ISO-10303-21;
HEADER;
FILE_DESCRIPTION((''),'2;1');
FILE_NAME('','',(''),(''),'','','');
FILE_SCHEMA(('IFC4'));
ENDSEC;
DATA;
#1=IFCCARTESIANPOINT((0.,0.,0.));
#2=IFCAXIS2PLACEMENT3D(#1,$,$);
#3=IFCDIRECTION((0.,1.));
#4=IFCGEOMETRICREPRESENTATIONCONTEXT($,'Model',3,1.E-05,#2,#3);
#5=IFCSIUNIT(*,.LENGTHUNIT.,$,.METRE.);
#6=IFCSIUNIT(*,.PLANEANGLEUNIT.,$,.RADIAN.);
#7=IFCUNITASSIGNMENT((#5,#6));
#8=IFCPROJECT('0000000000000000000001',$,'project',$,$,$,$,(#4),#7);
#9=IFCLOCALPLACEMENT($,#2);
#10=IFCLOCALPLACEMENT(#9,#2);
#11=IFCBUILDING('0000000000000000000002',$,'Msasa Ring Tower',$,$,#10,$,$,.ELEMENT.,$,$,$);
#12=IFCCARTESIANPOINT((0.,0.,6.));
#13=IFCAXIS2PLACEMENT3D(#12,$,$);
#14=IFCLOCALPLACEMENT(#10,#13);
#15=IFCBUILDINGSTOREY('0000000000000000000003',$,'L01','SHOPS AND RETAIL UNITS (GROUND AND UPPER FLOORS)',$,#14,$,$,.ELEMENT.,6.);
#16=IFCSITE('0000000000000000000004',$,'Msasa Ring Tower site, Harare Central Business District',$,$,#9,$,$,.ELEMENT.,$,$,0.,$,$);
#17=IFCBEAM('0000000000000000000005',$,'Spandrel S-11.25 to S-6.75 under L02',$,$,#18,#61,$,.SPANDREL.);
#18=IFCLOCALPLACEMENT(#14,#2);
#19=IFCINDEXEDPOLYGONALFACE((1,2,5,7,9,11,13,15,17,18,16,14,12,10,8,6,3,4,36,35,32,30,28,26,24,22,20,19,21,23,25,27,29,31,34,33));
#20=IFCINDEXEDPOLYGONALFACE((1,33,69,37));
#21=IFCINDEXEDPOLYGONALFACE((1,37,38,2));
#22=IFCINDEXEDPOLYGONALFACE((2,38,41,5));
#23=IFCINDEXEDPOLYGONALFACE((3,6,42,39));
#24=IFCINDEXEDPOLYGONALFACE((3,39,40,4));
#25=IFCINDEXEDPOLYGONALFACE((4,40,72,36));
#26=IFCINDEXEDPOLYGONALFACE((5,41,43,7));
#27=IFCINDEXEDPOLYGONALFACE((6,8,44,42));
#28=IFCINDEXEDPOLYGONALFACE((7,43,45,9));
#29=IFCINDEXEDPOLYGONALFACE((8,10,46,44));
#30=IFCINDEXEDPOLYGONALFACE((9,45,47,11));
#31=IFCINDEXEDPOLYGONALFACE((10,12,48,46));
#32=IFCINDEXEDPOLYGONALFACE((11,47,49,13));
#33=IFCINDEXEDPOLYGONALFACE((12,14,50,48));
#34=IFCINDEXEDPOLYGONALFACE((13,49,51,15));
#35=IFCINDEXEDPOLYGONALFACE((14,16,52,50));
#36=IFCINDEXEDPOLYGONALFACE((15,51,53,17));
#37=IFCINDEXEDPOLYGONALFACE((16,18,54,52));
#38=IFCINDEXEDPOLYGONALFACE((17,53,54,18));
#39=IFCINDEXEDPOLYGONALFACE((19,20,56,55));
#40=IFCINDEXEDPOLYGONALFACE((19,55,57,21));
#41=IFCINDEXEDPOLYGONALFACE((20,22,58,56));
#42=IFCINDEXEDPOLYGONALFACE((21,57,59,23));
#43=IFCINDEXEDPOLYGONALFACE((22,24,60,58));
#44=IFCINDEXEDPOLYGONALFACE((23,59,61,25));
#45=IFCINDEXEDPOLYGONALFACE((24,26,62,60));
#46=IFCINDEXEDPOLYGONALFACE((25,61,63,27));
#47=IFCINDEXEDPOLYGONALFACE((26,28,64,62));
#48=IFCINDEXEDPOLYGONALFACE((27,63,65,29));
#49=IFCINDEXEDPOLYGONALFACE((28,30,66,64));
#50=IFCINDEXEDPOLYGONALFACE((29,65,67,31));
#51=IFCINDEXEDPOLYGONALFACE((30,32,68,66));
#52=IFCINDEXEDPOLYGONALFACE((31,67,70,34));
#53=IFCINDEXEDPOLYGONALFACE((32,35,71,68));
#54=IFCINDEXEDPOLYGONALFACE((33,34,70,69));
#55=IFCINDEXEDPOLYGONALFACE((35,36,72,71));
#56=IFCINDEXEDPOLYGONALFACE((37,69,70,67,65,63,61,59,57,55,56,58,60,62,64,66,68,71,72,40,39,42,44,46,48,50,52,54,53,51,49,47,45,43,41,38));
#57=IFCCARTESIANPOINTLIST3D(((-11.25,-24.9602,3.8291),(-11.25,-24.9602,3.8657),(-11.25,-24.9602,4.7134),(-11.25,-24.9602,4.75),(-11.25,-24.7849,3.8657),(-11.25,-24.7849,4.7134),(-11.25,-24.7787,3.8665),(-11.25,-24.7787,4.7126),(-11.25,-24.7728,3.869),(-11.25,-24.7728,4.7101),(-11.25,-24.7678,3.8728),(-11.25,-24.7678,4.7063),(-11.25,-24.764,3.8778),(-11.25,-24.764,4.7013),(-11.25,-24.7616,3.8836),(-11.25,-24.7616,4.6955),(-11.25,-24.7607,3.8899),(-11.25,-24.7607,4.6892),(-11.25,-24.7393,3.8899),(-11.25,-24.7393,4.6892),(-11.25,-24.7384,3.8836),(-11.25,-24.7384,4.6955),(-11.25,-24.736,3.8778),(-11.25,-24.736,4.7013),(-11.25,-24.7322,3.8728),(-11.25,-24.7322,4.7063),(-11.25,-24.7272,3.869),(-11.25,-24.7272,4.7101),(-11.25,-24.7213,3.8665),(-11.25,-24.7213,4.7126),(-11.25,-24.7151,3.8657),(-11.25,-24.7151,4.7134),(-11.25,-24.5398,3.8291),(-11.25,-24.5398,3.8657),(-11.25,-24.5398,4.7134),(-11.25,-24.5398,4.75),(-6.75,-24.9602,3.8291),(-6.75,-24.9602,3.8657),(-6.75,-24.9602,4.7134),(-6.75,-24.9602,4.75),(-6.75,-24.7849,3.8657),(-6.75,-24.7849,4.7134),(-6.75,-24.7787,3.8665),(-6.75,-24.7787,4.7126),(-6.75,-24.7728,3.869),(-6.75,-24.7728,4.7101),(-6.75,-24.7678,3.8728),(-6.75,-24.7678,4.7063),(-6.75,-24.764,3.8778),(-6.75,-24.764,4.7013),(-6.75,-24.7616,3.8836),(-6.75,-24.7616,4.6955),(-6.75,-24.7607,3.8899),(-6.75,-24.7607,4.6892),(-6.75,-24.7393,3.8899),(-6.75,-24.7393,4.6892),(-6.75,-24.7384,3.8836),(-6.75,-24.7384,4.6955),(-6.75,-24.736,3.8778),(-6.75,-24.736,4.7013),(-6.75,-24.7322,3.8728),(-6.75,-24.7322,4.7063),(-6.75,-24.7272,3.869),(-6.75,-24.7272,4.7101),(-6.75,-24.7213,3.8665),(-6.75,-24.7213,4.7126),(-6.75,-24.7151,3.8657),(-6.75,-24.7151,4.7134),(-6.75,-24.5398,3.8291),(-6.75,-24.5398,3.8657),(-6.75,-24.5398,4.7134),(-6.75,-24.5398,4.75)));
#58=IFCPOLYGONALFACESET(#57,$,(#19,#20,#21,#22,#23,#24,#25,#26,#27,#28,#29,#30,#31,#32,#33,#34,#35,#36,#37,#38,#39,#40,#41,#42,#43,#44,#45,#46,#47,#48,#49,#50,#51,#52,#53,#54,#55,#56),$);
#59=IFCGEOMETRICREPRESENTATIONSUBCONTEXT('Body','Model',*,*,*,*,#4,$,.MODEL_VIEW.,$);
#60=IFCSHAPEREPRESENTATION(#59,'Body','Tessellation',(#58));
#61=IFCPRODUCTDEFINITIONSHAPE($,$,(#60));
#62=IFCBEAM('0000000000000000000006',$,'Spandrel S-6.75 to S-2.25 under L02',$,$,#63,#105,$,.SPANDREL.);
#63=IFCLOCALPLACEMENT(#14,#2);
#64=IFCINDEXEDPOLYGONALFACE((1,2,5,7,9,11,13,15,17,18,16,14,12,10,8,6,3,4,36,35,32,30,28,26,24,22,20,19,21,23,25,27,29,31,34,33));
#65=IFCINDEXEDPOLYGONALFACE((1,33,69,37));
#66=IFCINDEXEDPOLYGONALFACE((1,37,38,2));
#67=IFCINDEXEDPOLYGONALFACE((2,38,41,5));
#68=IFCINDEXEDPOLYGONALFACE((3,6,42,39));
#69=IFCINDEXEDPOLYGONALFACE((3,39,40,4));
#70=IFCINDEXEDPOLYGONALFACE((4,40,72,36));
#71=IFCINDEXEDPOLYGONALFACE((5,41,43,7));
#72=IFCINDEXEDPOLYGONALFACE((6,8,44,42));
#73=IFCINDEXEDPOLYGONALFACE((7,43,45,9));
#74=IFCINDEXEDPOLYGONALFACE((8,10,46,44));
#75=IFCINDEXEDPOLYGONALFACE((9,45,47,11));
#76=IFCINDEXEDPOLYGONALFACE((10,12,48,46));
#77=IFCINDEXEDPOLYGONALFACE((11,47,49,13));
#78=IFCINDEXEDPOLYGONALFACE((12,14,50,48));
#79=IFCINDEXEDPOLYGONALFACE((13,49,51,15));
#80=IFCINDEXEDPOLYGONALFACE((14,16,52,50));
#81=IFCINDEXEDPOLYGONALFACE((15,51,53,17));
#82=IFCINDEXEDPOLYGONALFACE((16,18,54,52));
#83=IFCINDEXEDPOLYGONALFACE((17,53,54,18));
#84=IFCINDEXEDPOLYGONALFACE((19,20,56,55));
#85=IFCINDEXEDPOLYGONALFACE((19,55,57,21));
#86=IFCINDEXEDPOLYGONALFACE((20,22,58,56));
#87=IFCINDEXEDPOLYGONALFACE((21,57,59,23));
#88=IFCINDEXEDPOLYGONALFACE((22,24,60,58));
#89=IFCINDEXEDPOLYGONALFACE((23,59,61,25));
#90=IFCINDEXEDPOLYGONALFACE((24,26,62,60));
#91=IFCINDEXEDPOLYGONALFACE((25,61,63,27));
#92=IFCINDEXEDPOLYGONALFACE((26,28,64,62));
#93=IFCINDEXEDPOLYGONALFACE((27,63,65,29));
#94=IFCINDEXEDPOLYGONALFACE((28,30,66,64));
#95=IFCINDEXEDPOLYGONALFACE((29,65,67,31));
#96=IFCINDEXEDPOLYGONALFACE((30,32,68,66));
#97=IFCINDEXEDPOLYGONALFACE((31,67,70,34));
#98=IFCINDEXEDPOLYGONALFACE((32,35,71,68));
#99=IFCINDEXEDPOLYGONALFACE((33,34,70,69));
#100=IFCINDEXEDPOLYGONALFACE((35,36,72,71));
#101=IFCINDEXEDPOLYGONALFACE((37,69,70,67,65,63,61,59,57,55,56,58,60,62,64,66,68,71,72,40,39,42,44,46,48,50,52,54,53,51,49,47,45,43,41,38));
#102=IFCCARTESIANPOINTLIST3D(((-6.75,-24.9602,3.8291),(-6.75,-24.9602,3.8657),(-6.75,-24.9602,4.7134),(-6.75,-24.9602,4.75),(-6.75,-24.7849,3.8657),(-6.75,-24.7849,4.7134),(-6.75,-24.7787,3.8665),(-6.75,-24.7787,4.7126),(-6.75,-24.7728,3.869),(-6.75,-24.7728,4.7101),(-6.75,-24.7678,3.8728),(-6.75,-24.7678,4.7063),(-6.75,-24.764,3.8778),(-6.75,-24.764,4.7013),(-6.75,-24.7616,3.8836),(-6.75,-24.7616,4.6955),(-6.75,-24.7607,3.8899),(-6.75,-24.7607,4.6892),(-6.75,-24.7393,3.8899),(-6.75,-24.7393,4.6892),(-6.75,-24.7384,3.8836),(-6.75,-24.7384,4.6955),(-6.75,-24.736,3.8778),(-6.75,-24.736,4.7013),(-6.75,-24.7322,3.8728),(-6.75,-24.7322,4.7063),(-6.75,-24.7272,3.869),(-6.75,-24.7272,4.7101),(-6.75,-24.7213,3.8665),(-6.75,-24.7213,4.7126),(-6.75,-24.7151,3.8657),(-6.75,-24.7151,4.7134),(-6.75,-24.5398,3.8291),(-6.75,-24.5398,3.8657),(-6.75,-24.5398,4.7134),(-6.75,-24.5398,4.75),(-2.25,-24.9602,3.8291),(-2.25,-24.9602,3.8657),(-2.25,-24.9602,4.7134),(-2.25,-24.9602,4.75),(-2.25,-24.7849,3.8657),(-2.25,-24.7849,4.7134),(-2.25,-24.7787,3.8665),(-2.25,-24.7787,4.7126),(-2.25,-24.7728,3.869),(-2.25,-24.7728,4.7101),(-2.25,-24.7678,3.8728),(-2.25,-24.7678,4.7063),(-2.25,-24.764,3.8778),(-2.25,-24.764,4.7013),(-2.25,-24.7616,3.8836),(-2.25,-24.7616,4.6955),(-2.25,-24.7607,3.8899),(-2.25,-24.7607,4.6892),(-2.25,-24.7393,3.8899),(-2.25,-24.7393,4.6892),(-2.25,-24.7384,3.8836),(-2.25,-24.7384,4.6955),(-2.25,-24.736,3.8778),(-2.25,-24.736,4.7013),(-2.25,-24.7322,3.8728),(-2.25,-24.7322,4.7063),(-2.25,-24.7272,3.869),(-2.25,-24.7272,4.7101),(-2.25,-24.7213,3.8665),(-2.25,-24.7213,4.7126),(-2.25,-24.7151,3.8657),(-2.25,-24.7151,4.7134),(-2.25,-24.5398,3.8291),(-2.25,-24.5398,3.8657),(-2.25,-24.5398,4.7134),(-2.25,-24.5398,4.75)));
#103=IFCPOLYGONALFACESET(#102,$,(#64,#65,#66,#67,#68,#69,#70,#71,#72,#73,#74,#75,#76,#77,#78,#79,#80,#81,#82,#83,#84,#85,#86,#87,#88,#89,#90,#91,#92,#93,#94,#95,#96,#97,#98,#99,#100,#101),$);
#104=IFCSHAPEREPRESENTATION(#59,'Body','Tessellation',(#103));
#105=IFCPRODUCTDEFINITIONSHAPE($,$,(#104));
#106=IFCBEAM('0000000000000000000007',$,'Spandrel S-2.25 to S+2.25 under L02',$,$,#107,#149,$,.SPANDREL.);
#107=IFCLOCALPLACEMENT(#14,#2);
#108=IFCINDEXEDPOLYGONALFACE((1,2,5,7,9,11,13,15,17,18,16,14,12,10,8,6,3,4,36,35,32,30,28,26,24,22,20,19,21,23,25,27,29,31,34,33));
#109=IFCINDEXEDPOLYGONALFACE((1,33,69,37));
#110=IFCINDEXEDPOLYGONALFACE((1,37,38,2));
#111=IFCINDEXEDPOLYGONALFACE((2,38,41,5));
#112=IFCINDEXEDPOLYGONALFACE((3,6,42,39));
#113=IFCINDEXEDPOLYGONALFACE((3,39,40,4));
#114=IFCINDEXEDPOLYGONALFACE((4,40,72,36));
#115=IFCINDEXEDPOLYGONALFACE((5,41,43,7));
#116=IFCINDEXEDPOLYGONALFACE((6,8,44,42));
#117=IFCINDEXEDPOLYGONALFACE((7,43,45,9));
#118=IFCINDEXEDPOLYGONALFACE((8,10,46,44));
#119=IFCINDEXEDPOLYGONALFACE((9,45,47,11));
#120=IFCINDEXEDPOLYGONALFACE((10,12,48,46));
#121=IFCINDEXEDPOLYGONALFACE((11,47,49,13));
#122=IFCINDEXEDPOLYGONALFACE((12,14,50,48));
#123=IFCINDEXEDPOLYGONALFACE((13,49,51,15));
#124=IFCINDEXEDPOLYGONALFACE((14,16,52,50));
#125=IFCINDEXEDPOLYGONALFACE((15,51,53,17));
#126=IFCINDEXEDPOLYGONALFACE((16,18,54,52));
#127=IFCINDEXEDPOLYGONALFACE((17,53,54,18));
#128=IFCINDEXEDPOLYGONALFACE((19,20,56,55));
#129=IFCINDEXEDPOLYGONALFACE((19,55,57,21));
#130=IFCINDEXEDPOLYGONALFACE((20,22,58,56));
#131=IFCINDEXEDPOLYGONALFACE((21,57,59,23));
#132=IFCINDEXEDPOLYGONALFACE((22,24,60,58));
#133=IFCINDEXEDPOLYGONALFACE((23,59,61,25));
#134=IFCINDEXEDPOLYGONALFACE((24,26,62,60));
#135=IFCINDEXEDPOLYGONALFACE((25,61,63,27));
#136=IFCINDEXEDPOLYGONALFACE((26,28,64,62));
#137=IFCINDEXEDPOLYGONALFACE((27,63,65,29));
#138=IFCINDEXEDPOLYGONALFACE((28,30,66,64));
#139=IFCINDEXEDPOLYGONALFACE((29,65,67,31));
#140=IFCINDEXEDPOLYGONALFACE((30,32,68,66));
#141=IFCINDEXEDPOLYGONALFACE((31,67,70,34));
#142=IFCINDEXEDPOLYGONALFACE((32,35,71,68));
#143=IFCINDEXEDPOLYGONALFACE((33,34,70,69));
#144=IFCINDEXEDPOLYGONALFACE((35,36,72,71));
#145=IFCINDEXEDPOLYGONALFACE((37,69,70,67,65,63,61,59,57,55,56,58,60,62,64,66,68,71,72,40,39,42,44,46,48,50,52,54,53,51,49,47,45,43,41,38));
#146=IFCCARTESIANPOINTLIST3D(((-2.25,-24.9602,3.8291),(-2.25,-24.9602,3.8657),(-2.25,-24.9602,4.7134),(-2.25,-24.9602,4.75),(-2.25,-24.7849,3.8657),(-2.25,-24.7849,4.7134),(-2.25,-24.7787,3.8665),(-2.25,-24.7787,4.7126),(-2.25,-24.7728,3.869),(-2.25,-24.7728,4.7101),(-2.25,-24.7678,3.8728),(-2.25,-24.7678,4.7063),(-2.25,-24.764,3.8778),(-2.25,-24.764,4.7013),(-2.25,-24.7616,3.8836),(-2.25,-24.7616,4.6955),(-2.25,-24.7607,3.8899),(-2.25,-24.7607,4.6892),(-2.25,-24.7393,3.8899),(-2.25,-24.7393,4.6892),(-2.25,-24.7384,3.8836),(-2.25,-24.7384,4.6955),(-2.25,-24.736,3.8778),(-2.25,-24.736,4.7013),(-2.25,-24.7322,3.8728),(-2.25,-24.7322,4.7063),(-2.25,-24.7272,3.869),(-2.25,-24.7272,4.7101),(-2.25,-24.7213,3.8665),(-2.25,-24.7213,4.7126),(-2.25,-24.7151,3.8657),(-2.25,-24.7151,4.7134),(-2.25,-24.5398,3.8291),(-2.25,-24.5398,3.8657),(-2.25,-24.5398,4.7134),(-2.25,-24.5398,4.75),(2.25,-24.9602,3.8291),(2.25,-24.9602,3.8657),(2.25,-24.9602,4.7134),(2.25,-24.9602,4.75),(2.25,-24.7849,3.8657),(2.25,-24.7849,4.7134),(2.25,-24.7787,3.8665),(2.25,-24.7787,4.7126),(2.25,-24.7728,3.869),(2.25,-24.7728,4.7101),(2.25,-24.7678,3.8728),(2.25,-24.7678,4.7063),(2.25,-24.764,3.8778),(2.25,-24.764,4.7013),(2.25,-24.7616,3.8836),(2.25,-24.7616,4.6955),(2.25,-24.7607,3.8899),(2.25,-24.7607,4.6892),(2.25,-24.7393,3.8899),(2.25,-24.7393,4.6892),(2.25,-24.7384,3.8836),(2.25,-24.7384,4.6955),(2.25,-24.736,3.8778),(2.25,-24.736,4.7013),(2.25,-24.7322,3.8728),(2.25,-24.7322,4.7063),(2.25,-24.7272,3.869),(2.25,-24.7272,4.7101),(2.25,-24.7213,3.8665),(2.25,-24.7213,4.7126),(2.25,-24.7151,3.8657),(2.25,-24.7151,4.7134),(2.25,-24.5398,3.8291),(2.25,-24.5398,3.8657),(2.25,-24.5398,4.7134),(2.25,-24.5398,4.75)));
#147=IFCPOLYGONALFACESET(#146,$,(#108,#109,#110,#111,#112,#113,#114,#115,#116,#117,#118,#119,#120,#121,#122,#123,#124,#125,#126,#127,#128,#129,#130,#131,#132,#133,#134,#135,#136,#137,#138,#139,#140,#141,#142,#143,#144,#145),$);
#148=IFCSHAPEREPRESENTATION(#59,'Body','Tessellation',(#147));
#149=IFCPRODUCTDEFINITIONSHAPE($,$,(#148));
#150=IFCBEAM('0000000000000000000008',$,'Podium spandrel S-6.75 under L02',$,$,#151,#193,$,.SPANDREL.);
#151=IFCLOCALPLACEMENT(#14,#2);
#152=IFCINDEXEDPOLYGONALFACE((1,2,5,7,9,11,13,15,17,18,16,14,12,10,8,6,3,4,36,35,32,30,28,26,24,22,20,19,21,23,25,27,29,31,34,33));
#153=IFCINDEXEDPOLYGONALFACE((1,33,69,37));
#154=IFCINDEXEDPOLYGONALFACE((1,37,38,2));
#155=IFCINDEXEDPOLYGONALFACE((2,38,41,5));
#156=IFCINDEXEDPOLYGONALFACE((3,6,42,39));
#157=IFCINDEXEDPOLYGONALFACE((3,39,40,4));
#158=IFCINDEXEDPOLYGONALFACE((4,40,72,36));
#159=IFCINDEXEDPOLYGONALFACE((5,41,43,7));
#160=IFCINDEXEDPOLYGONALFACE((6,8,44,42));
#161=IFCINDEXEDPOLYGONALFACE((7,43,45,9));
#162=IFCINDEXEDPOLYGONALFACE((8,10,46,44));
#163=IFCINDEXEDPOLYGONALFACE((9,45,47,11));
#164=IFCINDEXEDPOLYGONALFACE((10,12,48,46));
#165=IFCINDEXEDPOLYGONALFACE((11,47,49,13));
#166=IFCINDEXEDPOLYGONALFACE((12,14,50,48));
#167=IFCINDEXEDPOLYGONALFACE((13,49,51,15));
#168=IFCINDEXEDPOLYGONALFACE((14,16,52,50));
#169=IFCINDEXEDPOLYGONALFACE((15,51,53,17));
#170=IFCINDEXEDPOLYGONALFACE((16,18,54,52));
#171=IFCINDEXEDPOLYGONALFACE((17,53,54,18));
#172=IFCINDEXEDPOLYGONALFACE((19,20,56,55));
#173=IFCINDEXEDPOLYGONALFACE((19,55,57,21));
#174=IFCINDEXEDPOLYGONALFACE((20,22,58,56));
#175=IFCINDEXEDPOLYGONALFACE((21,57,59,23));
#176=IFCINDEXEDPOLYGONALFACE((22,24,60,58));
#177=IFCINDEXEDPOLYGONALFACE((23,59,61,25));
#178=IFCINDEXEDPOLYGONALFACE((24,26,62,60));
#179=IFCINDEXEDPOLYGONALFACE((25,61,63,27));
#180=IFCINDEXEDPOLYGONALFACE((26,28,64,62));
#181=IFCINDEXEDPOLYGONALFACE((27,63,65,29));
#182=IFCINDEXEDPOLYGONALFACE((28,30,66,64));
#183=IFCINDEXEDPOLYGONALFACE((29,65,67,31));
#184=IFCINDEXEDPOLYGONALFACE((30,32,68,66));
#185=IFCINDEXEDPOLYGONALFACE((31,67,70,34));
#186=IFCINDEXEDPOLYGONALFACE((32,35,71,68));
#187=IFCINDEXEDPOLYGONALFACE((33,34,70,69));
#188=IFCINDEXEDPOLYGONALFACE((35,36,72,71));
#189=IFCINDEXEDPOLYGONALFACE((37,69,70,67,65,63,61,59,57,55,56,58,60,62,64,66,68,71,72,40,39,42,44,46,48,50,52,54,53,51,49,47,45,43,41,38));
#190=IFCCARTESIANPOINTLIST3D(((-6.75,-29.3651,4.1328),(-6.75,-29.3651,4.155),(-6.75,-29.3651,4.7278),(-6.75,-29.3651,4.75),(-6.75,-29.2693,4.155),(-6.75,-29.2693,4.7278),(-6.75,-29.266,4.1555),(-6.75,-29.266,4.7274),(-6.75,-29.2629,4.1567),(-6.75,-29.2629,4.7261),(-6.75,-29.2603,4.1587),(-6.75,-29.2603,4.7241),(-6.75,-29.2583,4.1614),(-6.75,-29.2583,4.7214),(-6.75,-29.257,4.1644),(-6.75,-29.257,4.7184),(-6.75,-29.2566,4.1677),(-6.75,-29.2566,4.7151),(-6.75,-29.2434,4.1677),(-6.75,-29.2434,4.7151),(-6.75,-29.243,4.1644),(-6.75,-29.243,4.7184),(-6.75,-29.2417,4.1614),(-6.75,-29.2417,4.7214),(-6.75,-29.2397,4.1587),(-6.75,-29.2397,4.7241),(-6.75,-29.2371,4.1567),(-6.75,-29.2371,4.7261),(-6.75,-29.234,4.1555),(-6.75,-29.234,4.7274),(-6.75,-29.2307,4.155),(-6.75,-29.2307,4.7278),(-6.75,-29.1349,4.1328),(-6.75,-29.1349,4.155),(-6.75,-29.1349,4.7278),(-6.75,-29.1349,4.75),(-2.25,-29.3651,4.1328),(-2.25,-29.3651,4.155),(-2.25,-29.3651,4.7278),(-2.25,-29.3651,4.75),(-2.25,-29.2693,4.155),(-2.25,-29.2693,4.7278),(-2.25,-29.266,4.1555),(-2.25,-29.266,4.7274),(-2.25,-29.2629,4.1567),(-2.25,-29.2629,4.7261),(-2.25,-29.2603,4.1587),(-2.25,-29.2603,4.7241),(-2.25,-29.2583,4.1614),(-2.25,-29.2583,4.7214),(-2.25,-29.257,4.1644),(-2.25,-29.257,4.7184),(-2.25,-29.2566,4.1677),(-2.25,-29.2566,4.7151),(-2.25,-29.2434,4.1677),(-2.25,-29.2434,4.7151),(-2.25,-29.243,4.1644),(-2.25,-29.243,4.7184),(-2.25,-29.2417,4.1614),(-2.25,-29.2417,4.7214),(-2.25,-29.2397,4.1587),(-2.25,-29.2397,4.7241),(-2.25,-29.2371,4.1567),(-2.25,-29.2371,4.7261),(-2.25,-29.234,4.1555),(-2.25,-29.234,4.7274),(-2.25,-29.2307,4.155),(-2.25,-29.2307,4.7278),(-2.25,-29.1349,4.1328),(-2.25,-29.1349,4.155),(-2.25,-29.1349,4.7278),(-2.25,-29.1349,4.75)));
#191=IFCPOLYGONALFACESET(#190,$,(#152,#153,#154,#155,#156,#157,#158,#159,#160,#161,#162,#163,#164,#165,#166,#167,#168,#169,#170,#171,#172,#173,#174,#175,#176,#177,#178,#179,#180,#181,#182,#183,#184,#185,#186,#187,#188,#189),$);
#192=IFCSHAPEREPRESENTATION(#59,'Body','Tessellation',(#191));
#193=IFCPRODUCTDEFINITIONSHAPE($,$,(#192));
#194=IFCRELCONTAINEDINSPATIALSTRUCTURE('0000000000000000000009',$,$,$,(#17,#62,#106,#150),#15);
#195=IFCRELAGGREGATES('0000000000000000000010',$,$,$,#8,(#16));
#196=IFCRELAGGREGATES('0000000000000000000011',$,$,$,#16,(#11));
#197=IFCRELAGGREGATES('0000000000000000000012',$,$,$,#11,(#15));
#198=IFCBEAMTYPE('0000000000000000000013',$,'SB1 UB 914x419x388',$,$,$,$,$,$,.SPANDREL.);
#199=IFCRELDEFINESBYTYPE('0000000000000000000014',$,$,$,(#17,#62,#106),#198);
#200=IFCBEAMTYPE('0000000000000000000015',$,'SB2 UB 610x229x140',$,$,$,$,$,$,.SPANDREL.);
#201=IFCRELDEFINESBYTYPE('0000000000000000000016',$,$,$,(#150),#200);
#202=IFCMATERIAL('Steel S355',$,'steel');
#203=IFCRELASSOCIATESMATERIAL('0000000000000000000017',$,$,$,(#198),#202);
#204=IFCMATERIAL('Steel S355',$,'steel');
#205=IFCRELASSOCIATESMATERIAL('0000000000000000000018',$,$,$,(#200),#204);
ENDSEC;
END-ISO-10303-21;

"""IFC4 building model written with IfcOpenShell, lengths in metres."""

from ifc_helpers import new_model, si_unit, direction, frame, origin, origin_2d, place, context, subcontext, project, spatial, i_section, extrude, material, material_profile, profile_set, type_object, element, save


model = new_model("IFC4")

# Units and contexts
model_context = context("Model", 3, precision=1e-05, world=origin(), true_north=direction((0.0, 1.0)))
body_context = subcontext(model_context, "Body", "Model", "MODEL_VIEW")
ifc_project = project(units=[si_unit("LENGTHUNIT", "METRE"), si_unit("PLANEANGLEUNIT", "RADIAN")], contexts=[model_context])

# Site, building, storey
site_placement = place(None, origin())
site = spatial("IfcSite", under=ifc_project, at=site_placement, Name="Msasa Ring Tower site, Harare Central Business District", CompositionType="ELEMENT", RefElevation=0.0)
building_placement = place(site_placement, origin())
building = spatial("IfcBuilding", under=site, at=building_placement, Name="Msasa Ring Tower", CompositionType="ELEMENT")
storey_placement = place(building_placement, frame((0.0, 0.0, 6.0)))
storey = spatial("IfcBuildingStorey", under=building, at=storey_placement, Name="L01", Description="SHOPS AND RETAIL UNITS (GROUND AND UPPER FLOORS)", CompositionType="ELEMENT", Elevation=6.0)

# Beams
ifc_material_1 = material(Name="Steel S355", Category="steel")
ifc_material_profile_1 = material_profile(ifc_material_1, i_section(OverallWidth=0.4204, OverallDepth=0.9209, WebThickness=0.0215, FlangeThickness=0.0366, FilletRadius=0.0242, at=origin_2d()), Name="UB 914x419x388")
ifc_profile_set_1 = profile_set([ifc_material_profile_1], Name="Steel S355")
beam_type_1 = type_object("IfcBeamType", Name="SB1 UB 914x419x388", PredefinedType="SPANDREL", material=ifc_profile_set_1)
for number, where, z_axis, x_axis, name in (
    (1, (-11.25, -24.75, 4.2896), (1.0, 0.0, 0.0), (0.0, 1.0, 0.0), "Spandrel S-11.25 to S-6.75 under L02"),
    (2, (-6.75, -24.75, 4.2896), (1.0, 0.0, 0.0), (0.0, 1.0, 0.0), "Spandrel S-6.75 to S-2.25 under L02"),
    (3, (-2.25, -24.75, 4.2896), (1.0, 0.0, 0.0), (0.0, 1.0, 0.0), "Spandrel S-2.25 to S+2.25 under L02"),
):
    element("IfcBeam", number, at=place(storey_placement, frame(where, z_axis=z_axis, x_axis=x_axis)), inside=storey, type_object=beam_type_1, Name=name, PredefinedType="SPANDREL", context=body_context, shape_type="SweptSolid", body=[
        extrude(i_section(OverallWidth=0.4204, OverallDepth=0.9209, WebThickness=0.0215, FlangeThickness=0.0366, FilletRadius=0.0242, at=origin_2d()), origin(), (0.0, 0.0, 1.0), 4.5),
    ])
ifc_material_2 = material(Name="Steel S355", Category="steel")
ifc_material_profile_2 = material_profile(ifc_material_2, i_section(OverallWidth=0.2302, OverallDepth=0.6172, WebThickness=0.0132, FlangeThickness=0.0222, FilletRadius=0.0127, at=origin_2d()), Name="UB 610x229x140")
ifc_profile_set_2 = profile_set([ifc_material_profile_2], Name="Steel S355")
beam_type_2 = type_object("IfcBeamType", Name="SB2 UB 610x229x140", PredefinedType="SPANDREL", material=ifc_profile_set_2)
for number, where, z_axis, x_axis, name in (
    (4, (-6.75, -29.25, 4.4414), (1.0, 0.0, 0.0), (0.0, 1.0, 0.0), "Podium spandrel S-6.75 under L02"),
):
    element("IfcBeam", number, at=place(storey_placement, frame(where, z_axis=z_axis, x_axis=x_axis)), inside=storey, type_object=beam_type_2, Name=name, PredefinedType="SPANDREL", context=body_context, shape_type="SweptSolid", body=[
        extrude(i_section(OverallWidth=0.2302, OverallDepth=0.6172, WebThickness=0.0132, FlangeThickness=0.0222, FilletRadius=0.0127, at=origin_2d()), origin(), (0.0, 0.0, 1.0), 4.5),
    ])

save(model, "model.ifc")
